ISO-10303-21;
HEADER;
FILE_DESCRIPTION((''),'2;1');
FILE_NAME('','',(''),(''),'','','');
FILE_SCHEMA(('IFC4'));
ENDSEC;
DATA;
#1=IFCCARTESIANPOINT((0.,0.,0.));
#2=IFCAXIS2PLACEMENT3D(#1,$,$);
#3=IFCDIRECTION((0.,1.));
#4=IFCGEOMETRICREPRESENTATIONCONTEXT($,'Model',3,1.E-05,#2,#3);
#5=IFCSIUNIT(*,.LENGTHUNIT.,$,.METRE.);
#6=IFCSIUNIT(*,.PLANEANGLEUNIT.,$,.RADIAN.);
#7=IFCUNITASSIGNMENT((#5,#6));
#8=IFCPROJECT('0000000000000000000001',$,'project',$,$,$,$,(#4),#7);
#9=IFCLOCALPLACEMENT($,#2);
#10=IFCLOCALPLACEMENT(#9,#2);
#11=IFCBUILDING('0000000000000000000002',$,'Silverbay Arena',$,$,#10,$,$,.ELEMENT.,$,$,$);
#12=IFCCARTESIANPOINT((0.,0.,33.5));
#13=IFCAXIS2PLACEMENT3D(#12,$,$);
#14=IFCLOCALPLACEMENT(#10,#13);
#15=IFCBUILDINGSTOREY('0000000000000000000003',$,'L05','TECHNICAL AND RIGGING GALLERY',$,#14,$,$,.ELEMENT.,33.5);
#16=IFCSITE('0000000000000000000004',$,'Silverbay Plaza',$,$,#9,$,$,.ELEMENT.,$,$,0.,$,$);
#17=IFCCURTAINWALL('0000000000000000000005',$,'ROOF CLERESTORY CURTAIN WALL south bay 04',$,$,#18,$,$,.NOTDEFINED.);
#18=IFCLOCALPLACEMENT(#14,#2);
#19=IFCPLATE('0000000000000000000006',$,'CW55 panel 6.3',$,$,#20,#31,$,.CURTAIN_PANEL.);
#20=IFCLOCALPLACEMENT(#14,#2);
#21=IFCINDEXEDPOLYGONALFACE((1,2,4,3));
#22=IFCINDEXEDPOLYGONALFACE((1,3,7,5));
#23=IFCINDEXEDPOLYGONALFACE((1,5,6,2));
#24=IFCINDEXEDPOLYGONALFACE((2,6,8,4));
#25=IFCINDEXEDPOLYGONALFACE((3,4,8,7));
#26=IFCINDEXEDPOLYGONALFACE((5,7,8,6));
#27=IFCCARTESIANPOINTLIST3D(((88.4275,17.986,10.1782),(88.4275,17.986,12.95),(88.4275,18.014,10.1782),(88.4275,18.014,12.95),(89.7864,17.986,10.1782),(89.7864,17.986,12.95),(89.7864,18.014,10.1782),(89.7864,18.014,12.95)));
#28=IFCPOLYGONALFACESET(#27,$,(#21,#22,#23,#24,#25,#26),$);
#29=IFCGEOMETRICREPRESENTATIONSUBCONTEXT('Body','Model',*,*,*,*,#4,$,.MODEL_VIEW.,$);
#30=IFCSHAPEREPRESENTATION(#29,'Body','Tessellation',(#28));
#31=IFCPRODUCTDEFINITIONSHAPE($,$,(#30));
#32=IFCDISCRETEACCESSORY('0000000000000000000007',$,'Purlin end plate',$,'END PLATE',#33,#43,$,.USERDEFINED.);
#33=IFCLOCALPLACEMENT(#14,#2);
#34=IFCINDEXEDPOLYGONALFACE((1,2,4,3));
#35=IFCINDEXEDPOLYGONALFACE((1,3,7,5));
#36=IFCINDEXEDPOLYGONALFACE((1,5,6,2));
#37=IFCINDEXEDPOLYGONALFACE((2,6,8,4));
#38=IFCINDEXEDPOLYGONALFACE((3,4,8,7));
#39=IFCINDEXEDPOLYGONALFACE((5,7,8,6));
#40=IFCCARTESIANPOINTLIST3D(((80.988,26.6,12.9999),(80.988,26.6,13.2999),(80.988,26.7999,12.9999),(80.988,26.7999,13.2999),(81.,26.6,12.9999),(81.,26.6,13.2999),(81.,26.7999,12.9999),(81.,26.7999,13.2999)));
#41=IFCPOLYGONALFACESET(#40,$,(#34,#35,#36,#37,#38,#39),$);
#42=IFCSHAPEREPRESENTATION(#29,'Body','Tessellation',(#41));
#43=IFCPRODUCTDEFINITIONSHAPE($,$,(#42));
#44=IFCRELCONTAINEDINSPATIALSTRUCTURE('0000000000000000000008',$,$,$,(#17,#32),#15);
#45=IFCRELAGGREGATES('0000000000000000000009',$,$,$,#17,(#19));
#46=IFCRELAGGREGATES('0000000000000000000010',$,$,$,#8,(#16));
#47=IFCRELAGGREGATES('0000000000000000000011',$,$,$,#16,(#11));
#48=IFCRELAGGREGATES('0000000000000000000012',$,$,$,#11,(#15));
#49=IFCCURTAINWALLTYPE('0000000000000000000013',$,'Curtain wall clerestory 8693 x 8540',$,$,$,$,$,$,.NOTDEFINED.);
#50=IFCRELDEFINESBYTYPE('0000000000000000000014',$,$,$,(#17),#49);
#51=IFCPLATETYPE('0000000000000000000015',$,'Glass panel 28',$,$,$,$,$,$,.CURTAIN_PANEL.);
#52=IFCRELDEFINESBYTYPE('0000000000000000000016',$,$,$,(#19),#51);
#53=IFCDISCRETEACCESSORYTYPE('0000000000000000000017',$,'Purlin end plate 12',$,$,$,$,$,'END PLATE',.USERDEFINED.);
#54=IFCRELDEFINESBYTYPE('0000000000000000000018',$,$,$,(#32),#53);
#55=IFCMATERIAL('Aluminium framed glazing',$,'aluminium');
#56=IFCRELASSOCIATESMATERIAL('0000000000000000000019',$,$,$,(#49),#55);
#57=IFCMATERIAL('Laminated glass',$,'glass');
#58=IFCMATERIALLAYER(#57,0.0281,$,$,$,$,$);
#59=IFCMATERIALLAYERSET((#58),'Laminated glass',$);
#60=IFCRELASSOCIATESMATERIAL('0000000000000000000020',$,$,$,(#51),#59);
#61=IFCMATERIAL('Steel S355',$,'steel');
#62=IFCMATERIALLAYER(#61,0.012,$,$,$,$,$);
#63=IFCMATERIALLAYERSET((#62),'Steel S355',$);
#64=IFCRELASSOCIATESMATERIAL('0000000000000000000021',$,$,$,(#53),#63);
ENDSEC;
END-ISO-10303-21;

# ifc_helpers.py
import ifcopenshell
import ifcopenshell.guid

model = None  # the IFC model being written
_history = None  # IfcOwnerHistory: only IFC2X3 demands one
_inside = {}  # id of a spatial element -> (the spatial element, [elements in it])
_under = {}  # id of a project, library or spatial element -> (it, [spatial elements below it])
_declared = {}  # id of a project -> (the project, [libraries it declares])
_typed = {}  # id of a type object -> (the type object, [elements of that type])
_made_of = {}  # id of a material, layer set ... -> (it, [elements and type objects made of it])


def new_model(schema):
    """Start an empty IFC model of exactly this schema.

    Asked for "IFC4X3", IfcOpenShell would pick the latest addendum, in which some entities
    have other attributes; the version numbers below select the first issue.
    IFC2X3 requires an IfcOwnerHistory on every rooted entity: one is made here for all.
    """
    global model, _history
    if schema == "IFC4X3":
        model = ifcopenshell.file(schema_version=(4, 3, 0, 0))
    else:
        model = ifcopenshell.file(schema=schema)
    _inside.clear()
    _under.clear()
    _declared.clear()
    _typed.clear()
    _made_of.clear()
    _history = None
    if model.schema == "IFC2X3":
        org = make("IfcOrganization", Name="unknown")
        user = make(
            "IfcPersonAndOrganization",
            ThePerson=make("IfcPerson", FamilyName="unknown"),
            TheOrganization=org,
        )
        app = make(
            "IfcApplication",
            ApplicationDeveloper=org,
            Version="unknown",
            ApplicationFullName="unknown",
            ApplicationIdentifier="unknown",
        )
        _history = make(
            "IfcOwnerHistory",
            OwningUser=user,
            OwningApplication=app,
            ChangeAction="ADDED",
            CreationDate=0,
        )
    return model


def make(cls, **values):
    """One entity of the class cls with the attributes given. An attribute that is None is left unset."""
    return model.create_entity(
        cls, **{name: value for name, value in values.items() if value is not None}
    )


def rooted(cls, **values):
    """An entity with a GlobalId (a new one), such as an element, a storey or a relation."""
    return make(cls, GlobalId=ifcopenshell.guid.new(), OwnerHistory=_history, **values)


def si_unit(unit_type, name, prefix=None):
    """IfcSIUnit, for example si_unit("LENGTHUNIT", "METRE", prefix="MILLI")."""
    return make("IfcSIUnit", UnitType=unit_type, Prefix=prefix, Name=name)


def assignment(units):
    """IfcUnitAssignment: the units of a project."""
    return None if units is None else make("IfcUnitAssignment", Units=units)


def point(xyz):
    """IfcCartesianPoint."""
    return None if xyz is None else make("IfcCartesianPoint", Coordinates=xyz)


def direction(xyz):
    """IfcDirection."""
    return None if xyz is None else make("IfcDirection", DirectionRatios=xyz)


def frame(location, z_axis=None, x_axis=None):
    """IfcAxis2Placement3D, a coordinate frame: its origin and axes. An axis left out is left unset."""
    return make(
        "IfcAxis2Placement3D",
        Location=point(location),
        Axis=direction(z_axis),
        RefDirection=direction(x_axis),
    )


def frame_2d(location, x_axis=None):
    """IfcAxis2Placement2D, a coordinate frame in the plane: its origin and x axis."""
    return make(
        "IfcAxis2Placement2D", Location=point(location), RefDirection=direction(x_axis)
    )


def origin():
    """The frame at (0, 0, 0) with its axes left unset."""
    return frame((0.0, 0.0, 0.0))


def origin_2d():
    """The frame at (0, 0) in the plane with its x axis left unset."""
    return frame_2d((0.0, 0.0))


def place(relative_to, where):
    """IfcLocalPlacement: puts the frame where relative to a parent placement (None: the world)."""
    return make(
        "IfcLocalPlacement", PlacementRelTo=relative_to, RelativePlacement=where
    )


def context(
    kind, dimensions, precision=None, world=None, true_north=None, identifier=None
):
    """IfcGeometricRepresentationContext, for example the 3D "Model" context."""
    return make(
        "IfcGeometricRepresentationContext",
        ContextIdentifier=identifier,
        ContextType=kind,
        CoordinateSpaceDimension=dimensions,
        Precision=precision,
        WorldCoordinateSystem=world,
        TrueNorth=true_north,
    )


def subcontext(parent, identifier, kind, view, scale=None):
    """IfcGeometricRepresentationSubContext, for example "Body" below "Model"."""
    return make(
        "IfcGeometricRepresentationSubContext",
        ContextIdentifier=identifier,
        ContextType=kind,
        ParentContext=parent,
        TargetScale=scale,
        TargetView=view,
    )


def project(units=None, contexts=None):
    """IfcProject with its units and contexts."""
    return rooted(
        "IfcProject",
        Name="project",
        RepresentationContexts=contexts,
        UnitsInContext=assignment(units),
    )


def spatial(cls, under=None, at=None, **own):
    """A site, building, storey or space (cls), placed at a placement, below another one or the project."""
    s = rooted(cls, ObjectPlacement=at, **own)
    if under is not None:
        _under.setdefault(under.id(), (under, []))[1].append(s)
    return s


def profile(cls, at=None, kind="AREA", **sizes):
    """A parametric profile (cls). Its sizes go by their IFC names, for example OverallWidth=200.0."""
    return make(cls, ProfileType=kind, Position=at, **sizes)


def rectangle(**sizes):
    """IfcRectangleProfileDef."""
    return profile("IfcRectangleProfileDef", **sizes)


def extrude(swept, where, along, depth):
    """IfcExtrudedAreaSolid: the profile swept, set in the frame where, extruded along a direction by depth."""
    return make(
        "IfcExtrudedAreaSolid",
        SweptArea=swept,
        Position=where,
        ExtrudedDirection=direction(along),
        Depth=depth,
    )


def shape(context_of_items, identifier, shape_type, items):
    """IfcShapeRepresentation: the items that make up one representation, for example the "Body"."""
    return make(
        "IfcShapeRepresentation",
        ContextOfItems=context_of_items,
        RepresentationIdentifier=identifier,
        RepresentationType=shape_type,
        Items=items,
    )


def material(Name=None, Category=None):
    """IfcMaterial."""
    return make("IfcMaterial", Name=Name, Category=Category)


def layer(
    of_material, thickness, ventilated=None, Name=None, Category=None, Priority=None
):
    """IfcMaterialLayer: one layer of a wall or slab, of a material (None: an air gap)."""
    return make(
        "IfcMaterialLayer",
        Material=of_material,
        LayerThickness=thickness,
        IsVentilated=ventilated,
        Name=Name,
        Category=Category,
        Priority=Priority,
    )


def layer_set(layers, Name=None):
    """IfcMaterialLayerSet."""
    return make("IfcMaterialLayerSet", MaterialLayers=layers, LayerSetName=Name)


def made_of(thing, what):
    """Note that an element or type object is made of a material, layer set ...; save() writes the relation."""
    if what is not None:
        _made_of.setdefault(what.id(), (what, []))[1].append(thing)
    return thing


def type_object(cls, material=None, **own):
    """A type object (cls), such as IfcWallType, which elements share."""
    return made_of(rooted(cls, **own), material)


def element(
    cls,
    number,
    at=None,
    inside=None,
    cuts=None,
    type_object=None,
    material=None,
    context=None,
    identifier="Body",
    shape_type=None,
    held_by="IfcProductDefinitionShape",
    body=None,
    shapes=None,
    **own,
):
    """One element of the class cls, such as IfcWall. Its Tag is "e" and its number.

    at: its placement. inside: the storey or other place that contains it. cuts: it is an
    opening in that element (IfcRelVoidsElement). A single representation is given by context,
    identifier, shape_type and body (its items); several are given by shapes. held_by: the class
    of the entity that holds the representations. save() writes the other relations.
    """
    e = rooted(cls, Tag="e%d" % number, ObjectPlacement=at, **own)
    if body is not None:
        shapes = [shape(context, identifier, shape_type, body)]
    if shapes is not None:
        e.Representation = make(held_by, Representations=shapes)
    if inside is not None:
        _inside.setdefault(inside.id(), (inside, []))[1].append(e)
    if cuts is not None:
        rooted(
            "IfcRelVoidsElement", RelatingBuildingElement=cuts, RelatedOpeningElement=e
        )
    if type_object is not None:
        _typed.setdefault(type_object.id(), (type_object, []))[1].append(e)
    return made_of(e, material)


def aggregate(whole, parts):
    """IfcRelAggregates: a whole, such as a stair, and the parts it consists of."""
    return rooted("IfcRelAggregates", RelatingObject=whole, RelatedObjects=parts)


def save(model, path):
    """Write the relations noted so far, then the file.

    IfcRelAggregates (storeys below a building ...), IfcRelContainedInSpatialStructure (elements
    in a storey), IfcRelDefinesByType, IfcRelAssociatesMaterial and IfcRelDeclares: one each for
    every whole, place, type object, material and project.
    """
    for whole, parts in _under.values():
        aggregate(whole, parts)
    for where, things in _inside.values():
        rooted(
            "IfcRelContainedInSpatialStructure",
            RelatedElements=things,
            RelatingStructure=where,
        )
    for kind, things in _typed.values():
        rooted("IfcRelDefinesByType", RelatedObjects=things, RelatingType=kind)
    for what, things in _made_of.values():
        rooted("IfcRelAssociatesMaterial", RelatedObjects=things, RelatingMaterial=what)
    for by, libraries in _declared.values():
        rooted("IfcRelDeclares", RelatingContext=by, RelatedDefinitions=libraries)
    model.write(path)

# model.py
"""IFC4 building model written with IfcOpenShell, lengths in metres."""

from ifc_helpers import new_model, si_unit, direction, frame, origin, origin_2d, place, context, subcontext, project, spatial, rectangle, extrude, material, layer, layer_set, type_object, element, aggregate, save


model = new_model("IFC4")

# Units and contexts
model_context = context("Model", 3, precision=1e-05, world=origin(), true_north=direction((0.0, 1.0)))
body_context = subcontext(model_context, "Body", "Model", "MODEL_VIEW")
ifc_project = project(units=[si_unit("LENGTHUNIT", "METRE"), si_unit("PLANEANGLEUNIT", "RADIAN")], contexts=[model_context])

# Site, building, storey
site_placement = place(None, origin())
site = spatial("IfcSite", under=ifc_project, at=site_placement, Name="Silverbay Plaza", CompositionType="ELEMENT", RefElevation=0.0)
building_placement = place(site_placement, origin())
building = spatial("IfcBuilding", under=site, at=building_placement, Name="Silverbay Arena", CompositionType="ELEMENT")
storey_placement = place(building_placement, frame((0.0, 0.0, 33.5)))
storey = spatial("IfcBuildingStorey", under=building, at=storey_placement, Name="L05", Description="TECHNICAL AND RIGGING GALLERY", CompositionType="ELEMENT", Elevation=33.5)

# Curtain wall, plate
ifc_material_1 = material(Name="Aluminium framed glazing", Category="aluminium")
curtain_wall_type = type_object("IfcCurtainWallType", Name="Curtain wall clerestory 8693 x 8540", PredefinedType="NOTDEFINED", material=ifc_material_1)
curtain_wall_placement = place(storey_placement, origin())
curtain_wall = element("IfcCurtainWall", 1, at=curtain_wall_placement, inside=storey, type_object=curtain_wall_type, Name="ROOF CLERESTORY CURTAIN WALL south bay 04", PredefinedType="NOTDEFINED")
ifc_material_2 = material(Name="Laminated glass", Category="glass")
ifc_layer_1 = layer(ifc_material_2, 0.0281)
ifc_layer_set_1 = layer_set([ifc_layer_1], Name="Laminated glass")
plate_type = type_object("IfcPlateType", Name="Glass panel 28", PredefinedType="CURTAIN_PANEL", material=ifc_layer_set_1)
plate_1_placement = place(storey_placement, frame((89.1069, 18.0, 10.1782), z_axis=(0.0, 0.0, 1.0), x_axis=(1.0, 0.0, 0.0)))
plate_1 = element("IfcPlate", 2, at=plate_1_placement, type_object=plate_type, Name="CW55 panel 6.3", PredefinedType="CURTAIN_PANEL", context=body_context, shape_type="SweptSolid", body=[
    extrude(rectangle(XDim=1.3589, YDim=0.0281, at=origin_2d()), origin(), (0.0, 0.0, 1.0), 2.7717),
])
aggregate(curtain_wall, [plate_1])

# Discrete accessory
ifc_material_3 = material(Name="Steel S355", Category="steel")
ifc_layer_2 = layer(ifc_material_3, 0.012)
ifc_layer_set_2 = layer_set([ifc_layer_2], Name="Steel S355")
discrete_accessory_type = type_object("IfcDiscreteAccessoryType", Name="Purlin end plate 12", ElementType="END PLATE", PredefinedType="USERDEFINED", material=ifc_layer_set_2)
discrete_accessory_placement = place(storey_placement, frame((81.0, 26.7, 13.1499), z_axis=(-1.0, 0.0, 0.0), x_axis=(0.0, -1.0, 0.0)))
element("IfcDiscreteAccessory", 3, at=discrete_accessory_placement, inside=storey, type_object=discrete_accessory_type, Name="Purlin end plate", ObjectType="END PLATE", PredefinedType="USERDEFINED", context=body_context, shape_type="SweptSolid", body=[
    extrude(rectangle(XDim=0.2, YDim=0.3, at=origin_2d()), origin(), (0.0, 0.0, 1.0), 0.012),
])

save(model, "model.ifc")
